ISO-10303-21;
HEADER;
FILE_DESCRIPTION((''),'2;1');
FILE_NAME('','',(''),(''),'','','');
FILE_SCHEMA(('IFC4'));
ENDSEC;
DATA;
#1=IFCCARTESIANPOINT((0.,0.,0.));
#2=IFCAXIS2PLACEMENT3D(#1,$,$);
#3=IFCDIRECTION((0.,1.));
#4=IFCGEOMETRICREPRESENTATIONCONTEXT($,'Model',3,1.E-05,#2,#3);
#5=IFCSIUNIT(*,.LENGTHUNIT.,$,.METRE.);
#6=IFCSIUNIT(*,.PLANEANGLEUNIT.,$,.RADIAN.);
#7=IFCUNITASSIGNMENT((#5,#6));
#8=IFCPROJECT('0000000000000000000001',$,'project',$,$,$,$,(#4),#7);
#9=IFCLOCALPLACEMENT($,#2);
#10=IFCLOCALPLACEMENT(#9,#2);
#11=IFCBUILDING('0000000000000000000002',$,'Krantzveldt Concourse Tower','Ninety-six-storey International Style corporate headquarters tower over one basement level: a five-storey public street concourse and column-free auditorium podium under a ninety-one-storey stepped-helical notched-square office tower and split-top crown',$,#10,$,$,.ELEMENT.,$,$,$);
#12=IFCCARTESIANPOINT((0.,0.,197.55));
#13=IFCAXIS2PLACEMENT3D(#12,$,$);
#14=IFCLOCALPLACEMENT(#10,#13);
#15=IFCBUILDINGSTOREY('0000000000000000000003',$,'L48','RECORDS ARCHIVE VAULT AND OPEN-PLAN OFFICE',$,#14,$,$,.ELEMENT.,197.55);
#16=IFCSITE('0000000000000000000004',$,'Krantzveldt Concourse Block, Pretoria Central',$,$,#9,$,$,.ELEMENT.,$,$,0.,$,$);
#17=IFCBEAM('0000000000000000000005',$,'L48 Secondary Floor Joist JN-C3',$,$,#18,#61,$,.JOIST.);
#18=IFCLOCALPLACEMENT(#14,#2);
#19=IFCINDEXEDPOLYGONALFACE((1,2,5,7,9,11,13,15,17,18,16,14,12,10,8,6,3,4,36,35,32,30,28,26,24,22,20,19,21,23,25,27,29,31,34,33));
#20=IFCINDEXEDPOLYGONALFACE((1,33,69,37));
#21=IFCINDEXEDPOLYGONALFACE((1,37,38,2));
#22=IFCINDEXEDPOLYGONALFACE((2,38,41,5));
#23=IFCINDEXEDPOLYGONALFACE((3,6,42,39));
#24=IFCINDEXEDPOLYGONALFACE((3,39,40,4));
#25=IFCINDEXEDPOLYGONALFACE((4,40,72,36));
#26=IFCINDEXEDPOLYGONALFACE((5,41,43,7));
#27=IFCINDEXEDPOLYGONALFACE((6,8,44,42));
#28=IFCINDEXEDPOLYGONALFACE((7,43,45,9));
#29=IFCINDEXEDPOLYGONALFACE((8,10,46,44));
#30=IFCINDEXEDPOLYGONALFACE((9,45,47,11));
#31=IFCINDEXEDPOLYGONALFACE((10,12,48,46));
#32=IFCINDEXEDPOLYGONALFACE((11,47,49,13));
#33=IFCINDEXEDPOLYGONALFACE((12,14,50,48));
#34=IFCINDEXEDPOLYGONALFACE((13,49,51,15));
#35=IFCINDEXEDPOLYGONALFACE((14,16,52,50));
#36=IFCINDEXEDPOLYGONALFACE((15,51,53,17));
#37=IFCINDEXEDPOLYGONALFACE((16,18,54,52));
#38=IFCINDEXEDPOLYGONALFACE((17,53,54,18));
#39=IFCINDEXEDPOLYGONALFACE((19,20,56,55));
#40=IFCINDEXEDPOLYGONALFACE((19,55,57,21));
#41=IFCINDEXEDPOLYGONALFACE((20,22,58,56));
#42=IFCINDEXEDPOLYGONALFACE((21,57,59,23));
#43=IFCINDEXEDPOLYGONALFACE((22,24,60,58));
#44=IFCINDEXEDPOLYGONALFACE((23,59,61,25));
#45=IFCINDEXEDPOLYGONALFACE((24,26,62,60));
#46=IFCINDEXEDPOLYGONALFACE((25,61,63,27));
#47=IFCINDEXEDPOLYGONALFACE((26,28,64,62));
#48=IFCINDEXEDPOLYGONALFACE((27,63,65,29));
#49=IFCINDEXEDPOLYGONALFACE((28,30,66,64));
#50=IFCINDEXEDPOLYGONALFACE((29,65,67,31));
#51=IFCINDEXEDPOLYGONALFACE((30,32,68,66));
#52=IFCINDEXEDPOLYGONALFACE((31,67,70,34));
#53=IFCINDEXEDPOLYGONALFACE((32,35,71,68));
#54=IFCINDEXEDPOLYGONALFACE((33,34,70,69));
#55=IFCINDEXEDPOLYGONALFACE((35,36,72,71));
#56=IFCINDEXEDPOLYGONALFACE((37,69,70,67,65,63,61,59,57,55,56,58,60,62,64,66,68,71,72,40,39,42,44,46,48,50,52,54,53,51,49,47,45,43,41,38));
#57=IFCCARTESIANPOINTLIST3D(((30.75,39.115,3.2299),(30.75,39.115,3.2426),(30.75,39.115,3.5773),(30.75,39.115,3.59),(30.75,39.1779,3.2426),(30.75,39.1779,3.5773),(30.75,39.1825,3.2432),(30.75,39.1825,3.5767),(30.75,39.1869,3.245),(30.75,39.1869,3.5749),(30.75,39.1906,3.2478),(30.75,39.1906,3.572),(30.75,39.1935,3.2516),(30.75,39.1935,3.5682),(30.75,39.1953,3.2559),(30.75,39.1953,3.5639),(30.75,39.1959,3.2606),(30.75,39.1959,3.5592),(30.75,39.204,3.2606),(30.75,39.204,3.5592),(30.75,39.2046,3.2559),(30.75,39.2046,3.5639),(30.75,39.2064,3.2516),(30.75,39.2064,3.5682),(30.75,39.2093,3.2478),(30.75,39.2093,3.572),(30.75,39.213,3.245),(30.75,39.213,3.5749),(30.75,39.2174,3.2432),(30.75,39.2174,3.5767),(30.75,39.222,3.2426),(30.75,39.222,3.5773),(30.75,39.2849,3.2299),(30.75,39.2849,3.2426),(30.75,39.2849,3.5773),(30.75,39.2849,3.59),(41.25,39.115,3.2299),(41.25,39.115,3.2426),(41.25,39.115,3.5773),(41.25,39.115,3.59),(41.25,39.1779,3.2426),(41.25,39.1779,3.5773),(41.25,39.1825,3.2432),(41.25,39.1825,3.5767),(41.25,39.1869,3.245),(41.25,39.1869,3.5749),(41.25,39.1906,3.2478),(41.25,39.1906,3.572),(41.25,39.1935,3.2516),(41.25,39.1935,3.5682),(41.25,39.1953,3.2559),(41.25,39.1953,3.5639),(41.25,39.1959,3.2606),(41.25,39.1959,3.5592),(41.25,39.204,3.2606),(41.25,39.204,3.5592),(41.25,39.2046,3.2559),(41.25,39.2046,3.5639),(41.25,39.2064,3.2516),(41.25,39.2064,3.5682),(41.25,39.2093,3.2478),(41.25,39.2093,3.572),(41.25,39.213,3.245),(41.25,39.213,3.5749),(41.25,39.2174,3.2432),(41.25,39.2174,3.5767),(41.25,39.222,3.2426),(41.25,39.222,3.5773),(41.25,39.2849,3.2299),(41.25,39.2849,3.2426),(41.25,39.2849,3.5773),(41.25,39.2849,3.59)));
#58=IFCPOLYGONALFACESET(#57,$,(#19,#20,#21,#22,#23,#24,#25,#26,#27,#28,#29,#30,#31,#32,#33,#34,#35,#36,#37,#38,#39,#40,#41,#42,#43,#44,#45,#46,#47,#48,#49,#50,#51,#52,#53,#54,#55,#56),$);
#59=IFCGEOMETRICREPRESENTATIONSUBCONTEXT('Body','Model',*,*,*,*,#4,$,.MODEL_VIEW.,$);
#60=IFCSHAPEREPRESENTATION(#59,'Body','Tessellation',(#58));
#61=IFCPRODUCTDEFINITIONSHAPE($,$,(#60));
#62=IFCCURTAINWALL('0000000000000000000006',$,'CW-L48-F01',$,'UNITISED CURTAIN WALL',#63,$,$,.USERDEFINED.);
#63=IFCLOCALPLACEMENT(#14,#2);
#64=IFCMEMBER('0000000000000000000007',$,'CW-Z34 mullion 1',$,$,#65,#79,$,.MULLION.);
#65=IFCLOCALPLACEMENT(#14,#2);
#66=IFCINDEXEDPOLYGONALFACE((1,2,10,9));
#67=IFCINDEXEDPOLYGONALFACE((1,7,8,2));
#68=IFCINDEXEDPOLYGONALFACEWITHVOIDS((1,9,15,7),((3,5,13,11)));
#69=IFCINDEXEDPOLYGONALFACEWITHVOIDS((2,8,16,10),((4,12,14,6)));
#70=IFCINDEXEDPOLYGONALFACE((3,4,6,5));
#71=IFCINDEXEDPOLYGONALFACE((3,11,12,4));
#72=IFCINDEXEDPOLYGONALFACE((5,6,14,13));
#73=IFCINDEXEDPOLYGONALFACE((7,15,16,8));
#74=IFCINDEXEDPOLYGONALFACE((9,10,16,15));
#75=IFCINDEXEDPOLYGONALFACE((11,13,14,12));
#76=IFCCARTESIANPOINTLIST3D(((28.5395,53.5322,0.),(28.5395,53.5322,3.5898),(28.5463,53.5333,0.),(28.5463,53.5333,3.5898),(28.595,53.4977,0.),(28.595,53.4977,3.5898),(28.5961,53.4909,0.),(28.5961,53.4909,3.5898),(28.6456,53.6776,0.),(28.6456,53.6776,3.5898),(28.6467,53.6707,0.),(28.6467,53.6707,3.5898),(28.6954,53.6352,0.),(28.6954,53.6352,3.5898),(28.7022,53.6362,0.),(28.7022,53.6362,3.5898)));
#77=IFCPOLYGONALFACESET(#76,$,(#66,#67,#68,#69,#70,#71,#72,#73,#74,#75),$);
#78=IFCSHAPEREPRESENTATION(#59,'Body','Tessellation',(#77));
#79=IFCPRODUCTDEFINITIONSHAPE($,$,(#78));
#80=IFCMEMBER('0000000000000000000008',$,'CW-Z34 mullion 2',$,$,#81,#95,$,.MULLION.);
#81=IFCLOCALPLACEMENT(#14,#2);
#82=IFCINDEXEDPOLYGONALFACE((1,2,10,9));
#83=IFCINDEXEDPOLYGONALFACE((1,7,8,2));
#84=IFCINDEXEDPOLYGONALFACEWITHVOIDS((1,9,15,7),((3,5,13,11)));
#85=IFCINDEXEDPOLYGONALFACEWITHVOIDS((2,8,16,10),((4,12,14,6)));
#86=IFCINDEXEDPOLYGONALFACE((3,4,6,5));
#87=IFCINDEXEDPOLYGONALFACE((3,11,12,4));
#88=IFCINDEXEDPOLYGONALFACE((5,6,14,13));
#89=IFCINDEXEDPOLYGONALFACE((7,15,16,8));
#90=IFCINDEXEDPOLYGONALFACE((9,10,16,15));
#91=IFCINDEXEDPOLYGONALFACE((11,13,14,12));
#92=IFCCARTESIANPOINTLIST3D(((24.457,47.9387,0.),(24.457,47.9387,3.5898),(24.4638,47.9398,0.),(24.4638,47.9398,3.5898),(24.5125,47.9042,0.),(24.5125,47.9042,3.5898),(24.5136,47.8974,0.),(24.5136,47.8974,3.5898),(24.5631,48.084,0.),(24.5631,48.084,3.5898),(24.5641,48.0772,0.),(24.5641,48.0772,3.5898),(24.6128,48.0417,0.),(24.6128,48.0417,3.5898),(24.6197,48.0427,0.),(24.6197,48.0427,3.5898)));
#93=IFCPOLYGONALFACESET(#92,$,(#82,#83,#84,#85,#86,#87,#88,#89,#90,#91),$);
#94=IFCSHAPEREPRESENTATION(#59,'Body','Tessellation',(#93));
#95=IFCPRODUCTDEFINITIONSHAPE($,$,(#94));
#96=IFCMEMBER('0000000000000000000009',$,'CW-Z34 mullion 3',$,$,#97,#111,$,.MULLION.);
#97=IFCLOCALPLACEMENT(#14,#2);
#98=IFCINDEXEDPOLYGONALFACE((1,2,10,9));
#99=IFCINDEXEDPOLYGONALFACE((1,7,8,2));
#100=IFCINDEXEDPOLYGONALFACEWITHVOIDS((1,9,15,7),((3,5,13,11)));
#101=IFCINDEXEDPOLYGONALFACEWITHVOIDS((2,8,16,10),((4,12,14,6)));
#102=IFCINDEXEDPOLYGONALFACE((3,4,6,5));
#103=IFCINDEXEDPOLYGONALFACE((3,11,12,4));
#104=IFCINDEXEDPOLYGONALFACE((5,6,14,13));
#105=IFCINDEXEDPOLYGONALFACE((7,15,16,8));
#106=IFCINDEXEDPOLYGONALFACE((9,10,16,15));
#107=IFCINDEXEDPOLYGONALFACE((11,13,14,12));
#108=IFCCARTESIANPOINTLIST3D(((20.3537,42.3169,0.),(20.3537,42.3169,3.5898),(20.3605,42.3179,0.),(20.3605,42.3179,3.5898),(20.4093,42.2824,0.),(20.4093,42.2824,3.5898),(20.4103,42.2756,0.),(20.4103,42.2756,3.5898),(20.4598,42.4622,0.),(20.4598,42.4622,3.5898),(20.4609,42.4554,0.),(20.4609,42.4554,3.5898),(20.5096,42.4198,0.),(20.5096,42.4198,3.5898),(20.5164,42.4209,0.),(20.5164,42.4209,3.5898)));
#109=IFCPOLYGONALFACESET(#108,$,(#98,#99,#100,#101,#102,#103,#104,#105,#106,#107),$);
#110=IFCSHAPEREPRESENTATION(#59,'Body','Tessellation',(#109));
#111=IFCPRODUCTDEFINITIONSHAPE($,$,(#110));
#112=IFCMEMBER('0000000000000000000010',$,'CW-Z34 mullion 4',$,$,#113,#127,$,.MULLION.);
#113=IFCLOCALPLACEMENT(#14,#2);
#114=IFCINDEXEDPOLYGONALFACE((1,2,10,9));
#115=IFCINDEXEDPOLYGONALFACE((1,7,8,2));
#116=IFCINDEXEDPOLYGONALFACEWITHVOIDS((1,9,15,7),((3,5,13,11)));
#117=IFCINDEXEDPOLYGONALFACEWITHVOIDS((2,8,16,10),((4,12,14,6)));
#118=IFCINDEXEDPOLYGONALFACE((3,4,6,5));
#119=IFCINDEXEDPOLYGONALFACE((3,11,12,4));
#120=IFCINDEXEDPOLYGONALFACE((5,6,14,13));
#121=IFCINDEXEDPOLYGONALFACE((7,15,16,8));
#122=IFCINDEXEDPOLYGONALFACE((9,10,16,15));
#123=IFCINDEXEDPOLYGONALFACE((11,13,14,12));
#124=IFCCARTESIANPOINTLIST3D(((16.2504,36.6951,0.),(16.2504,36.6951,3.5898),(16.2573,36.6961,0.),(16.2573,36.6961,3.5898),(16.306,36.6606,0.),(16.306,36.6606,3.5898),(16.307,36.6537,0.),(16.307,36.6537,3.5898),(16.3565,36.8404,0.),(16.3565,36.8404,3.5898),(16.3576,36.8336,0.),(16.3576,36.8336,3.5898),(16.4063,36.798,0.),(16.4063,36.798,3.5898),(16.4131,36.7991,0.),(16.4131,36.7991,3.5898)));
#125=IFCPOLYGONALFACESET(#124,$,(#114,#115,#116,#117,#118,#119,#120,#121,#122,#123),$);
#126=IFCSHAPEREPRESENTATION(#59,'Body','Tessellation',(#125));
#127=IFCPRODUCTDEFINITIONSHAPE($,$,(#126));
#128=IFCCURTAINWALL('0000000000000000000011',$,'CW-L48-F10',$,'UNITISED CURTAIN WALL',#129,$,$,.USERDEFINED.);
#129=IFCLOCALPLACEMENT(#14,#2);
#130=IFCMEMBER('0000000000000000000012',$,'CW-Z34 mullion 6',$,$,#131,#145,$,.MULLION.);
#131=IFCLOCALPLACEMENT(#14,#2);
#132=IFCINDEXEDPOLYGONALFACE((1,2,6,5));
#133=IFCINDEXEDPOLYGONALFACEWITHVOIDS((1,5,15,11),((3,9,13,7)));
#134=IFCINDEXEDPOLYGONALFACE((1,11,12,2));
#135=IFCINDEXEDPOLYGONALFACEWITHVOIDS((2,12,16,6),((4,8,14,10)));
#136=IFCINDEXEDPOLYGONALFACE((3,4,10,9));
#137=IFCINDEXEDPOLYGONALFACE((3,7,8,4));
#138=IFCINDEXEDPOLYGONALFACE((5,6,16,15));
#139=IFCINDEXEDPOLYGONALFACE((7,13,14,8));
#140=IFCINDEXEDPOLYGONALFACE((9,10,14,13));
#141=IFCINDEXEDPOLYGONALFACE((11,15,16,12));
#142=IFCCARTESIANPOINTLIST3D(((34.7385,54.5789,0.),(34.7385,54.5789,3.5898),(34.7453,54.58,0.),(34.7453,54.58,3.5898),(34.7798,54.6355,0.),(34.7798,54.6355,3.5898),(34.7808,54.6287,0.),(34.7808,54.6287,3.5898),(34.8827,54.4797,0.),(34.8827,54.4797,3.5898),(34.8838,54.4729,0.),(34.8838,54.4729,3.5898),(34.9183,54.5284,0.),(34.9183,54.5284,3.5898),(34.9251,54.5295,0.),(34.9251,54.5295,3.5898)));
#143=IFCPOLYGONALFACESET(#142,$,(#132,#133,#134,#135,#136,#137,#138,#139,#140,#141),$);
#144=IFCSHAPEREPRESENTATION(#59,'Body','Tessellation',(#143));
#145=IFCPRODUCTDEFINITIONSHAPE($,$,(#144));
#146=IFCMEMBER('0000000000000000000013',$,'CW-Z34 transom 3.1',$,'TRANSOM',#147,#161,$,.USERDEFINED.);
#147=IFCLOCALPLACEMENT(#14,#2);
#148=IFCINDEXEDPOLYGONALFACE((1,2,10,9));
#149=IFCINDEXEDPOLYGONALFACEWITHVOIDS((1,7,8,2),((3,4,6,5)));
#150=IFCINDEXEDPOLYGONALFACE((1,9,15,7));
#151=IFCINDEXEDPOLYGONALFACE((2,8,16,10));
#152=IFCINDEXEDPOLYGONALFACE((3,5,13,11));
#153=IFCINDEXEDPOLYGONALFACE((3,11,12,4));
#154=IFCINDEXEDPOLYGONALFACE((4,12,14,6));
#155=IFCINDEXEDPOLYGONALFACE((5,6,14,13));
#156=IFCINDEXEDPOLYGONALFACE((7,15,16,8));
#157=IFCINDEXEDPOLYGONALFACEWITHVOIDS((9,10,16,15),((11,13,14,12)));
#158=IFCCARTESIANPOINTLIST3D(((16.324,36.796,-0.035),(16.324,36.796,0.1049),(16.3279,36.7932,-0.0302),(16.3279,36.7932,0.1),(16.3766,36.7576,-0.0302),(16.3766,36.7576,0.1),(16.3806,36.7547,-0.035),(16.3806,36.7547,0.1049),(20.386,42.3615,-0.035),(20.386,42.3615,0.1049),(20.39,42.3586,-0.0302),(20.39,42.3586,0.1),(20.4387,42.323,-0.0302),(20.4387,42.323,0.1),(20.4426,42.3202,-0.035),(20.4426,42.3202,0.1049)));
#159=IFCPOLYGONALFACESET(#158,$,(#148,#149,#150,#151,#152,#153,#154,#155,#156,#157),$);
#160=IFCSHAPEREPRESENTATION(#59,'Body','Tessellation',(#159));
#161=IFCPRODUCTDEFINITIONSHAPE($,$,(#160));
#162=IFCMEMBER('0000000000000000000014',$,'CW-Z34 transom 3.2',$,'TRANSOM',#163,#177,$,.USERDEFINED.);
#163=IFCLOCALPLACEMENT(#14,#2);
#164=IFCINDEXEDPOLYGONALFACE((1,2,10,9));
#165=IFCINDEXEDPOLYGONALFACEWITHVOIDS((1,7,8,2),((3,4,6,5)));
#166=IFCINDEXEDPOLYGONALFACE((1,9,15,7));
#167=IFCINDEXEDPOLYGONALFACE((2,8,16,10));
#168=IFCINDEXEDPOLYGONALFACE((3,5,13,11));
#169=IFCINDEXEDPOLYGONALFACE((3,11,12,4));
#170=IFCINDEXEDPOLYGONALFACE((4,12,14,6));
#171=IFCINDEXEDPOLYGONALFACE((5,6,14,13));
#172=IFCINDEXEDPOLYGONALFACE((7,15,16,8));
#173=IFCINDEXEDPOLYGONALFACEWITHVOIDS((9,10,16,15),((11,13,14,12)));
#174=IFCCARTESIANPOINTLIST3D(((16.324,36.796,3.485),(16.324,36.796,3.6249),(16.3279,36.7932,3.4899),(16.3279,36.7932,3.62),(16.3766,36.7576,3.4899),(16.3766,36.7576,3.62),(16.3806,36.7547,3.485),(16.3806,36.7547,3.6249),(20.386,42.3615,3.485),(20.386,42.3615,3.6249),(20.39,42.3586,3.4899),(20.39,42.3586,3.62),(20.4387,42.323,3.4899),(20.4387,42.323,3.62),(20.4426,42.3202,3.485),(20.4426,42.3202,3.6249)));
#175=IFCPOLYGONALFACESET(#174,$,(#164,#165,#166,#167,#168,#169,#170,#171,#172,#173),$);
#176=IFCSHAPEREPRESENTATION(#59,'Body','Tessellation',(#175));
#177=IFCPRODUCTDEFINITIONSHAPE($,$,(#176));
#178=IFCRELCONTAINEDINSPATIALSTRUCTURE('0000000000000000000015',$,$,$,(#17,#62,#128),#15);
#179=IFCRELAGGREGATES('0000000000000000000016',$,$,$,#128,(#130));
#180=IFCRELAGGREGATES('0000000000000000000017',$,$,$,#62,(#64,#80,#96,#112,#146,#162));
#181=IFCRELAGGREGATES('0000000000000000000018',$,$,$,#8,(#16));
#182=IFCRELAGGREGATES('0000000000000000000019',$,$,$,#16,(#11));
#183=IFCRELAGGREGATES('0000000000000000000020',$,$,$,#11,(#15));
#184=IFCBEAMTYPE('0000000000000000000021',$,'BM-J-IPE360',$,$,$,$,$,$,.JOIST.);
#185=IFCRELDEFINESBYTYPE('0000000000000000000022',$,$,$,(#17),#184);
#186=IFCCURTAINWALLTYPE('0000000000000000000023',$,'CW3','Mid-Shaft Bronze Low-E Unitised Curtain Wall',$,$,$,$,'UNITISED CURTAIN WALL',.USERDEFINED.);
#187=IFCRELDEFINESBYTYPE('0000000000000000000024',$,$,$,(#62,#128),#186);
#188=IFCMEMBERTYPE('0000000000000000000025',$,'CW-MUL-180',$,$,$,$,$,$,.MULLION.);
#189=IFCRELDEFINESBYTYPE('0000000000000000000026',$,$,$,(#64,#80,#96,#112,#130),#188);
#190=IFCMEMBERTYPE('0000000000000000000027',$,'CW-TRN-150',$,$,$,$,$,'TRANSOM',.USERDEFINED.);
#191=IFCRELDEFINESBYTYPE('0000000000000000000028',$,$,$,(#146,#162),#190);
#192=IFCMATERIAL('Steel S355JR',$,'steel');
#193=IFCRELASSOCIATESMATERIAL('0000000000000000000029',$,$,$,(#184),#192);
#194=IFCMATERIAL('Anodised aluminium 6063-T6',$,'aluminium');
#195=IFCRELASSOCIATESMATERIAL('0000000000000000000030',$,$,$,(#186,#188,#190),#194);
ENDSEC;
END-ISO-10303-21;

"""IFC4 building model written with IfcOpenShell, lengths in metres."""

from ifc_helpers import new_model, si_unit, direction, frame, origin, origin_2d, place, context, subcontext, project, spatial, hollow_rectangle, i_section, extrude, source, transform, mapped, material, material_profile, profile_set, type_object, type_shapes, element, aggregate, save


model = new_model("IFC4")

# Units and contexts
model_context = context("Model", 3, precision=1e-05, world=origin(), true_north=direction((0.0, 1.0)))
body_context = subcontext(model_context, "Body", "Model", "MODEL_VIEW")
ifc_project = project(units=[si_unit("LENGTHUNIT", "METRE"), si_unit("PLANEANGLEUNIT", "RADIAN")], contexts=[model_context])

# Site, building, storey
site_placement = place(None, origin())
site = spatial("IfcSite", under=ifc_project, at=site_placement, Name="Krantzveldt Concourse Block, Pretoria Central", CompositionType="ELEMENT", RefElevation=0.0)
building_placement = place(site_placement, origin())
building = spatial("IfcBuilding", under=site, at=building_placement, Name="Krantzveldt Concourse Tower", Description="Ninety-six-storey International Style corporate headquarters tower over one basement level: a five-storey public street concourse and column-free auditorium podium under a ninety-one-storey stepped-helical notched-square office tower and split-top crown", CompositionType="ELEMENT")
storey_placement = place(building_placement, frame((0.0, 0.0, 197.55)))
storey = spatial("IfcBuildingStorey", under=building, at=storey_placement, Name="L48", Description="RECORDS ARCHIVE VAULT AND OPEN-PLAN OFFICE", CompositionType="ELEMENT", Elevation=197.55)

# Beam
ifc_material_1 = material(Name="Steel S355JR", Category="steel")
ifc_material_profile_1 = material_profile(ifc_material_1, i_section(OverallWidth=0.1699, OverallDepth=0.3601, WebThickness=0.0081, FlangeThickness=0.0127, FilletRadius=0.0181, at=origin_2d()), Name="Steel S355JR", Category="steel")
ifc_profile_set_1 = profile_set([ifc_material_profile_1], Name="Steel S355JR - IPE 360")
beam_type_1 = type_object("IfcBeamType", Name="BM-J-IPE360", PredefinedType="JOIST", material=ifc_profile_set_1)
shared_shape_1 = source(origin(), body_context, "Body", "SweptSolid", [
    extrude(i_section(OverallWidth=0.1699, OverallDepth=0.3601, WebThickness=0.0081, FlangeThickness=0.0127, FilletRadius=0.0181, at=origin_2d()), origin(), (0.0, 0.0, 1.0), 10.5),
])
type_shapes(beam_type_1, [shared_shape_1])
beam_1_placement = place(storey_placement, frame((30.75, 39.2, 3.4099), z_axis=(1.0, 0.0, 0.0), x_axis=(0.0, 1.0, 0.0)))
element("IfcBeam", 1, at=beam_1_placement, inside=storey, type_object=beam_type_1, Name="L48 Secondary Floor Joist JN-C3", PredefinedType="JOIST", context=body_context, shape_type="MappedRepresentation", body=[
    mapped(shared_shape_1, transform((0.0, 0.0, 0.0), x_axis=(1.0, 0.0, 0.0), y_axis=(0.0, 1.0, 0.0), z_axis=(0.0, 0.0, 1.0), scale=1.0)),
])

# Curtain wall, members
ifc_material_2 = material(Name="Anodised aluminium 6063-T6", Category="aluminium")
curtain_wall_type = type_object("IfcCurtainWallType", Name="CW3", Description="Mid-Shaft Bronze Low-E Unitised Curtain Wall", ElementType="UNITISED CURTAIN WALL", PredefinedType="USERDEFINED", material=ifc_material_2)
curtain_wall_1_placement = place(storey_placement, origin())
curtain_wall_1 = element("IfcCurtainWall", 2, at=curtain_wall_1_placement, inside=storey, type_object=curtain_wall_type, Name="CW-L48-F01", ObjectType="UNITISED CURTAIN WALL", PredefinedType="USERDEFINED")
ifc_material_profile_2 = material_profile(ifc_material_2, hollow_rectangle(XDim=0.0701, YDim=0.1799, WallThickness=0.0049, at=origin_2d()), Name="Anodised aluminium 6063-T6", Category="aluminium")
ifc_profile_set_2 = profile_set([ifc_material_profile_2], Name="Anodised aluminium 6063-T6 - ALU-MULL 180x70x5")
member_type_1 = type_object("IfcMemberType", Name="CW-MUL-180", PredefinedType="MULLION", material=ifc_profile_set_2)
shared_shape_2 = source(origin(), body_context, "Body", "SweptSolid", [
    extrude(hollow_rectangle(XDim=0.0701, YDim=0.1799, WallThickness=0.0049, at=origin_2d()), origin(), (0.0, 0.0, 1.0), 3.5898),
])
type_shapes(member_type_1, [shared_shape_2])
member_1_placement = place(storey_placement, frame((28.6208, 53.5842, 0.0), z_axis=(0.0, 0.0, 1.0), x_axis=(0.807733, -0.589549, 0.0)))
member_1 = element("IfcMember", 3, at=member_1_placement, type_object=member_type_1, Name="CW-Z34 mullion 1", PredefinedType="MULLION", context=body_context, shape_type="MappedRepresentation", body=[
    mapped(shared_shape_2, transform((0.0, 0.0, 0.0), x_axis=(1.0, 0.0, 0.0), y_axis=(0.0, 1.0, 0.0), z_axis=(0.0, 0.0, 1.0), scale=1.0)),
])
member_2_placement = place(storey_placement, frame((24.5383, 47.9907, 0.0), z_axis=(0.0, 0.0, 1.0), x_axis=(0.807733, -0.589549, 0.0)))
member_2 = element("IfcMember", 4, at=member_2_placement, type_object=member_type_1, Name="CW-Z34 mullion 2", PredefinedType="MULLION", context=body_context, shape_type="MappedRepresentation", body=[
    mapped(shared_shape_2, transform((0.0, 0.0, 0.0), x_axis=(1.0, 0.0, 0.0), y_axis=(0.0, 1.0, 0.0), z_axis=(0.0, 0.0, 1.0), scale=1.0)),
])
member_3_placement = place(storey_placement, frame((20.4351, 42.3689, 0.0), z_axis=(0.0, 0.0, 1.0), x_axis=(0.807733, -0.589549, 0.0)))
member_3 = element("IfcMember", 5, at=member_3_placement, type_object=member_type_1, Name="CW-Z34 mullion 3", PredefinedType="MULLION", context=body_context, shape_type="MappedRepresentation", body=[
    mapped(shared_shape_2, transform((0.0, 0.0, 0.0), x_axis=(1.0, 0.0, 0.0), y_axis=(0.0, 1.0, 0.0), z_axis=(0.0, 0.0, 1.0), scale=1.0)),
])
member_4_placement = place(storey_placement, frame((16.3318, 36.7471, 0.0), z_axis=(0.0, 0.0, 1.0), x_axis=(0.807733, -0.589549, 0.0)))
member_4 = element("IfcMember", 6, at=member_4_placement, type_object=member_type_1, Name="CW-Z34 mullion 4", PredefinedType="MULLION", context=body_context, shape_type="MappedRepresentation", body=[
    mapped(shared_shape_2, transform((0.0, 0.0, 0.0), x_axis=(1.0, 0.0, 0.0), y_axis=(0.0, 1.0, 0.0), z_axis=(0.0, 0.0, 1.0), scale=1.0)),
])

# Curtain wall, member
curtain_wall_2_placement = place(storey_placement, origin())
curtain_wall_2 = element("IfcCurtainWall", 7, at=curtain_wall_2_placement, inside=storey, type_object=curtain_wall_type, Name="CW-L48-F10", ObjectType="UNITISED CURTAIN WALL", PredefinedType="USERDEFINED")
member_5_placement = place(storey_placement, frame((34.8318, 54.5542, 0.0), z_axis=(0.0, 0.0, 1.0), x_axis=(-0.589549, -0.807733, 0.0)))
member_5 = element("IfcMember", 8, at=member_5_placement, type_object=member_type_1, Name="CW-Z34 mullion 6", PredefinedType="MULLION", context=body_context, shape_type="MappedRepresentation", body=[
    mapped(shared_shape_2, transform((0.0, 0.0, 0.0), x_axis=(1.0, 0.0, 0.0), y_axis=(0.0, 1.0, 0.0), z_axis=(0.0, 0.0, 1.0), scale=1.0)),
])
aggregate(curtain_wall_2, [member_5])

# Members
ifc_material_profile_3 = material_profile(ifc_material_2, hollow_rectangle(XDim=0.0701, YDim=0.1399, WallThickness=0.0049, at=origin_2d()), Name="Anodised aluminium 6063-T6", Category="aluminium")
ifc_profile_set_3 = profile_set([ifc_material_profile_3], Name="Anodised aluminium 6063-T6 - ALU-TRAN 140x70x5")
member_type_2 = type_object("IfcMemberType", Name="CW-TRN-150", ElementType="TRANSOM", PredefinedType="USERDEFINED", material=ifc_profile_set_3)
shared_shape_3 = source(origin(), body_context, "Body", "SweptSolid", [
    extrude(hollow_rectangle(XDim=0.0701, YDim=0.1399, WallThickness=0.0049, at=origin_2d()), origin(), (0.0, 0.0, 1.0), 6.8901),
])
member_6_placement = place(storey_placement, frame((20.4143, 42.3408, 0.0349), z_axis=(-0.58954, -0.807739, 0.0), x_axis=(0.807739, -0.58954, 0.0)))
member_6 = element("IfcMember", 9, at=member_6_placement, type_object=member_type_2, Name="CW-Z34 transom 3.1", ObjectType="TRANSOM", PredefinedType="USERDEFINED", context=body_context, shape_type="MappedRepresentation", body=[
    mapped(shared_shape_3, transform((0.0, 0.0, 0.0), x_axis=(1.0, 0.0, 0.0), y_axis=(0.0, 1.0, 0.0), z_axis=(0.0, 0.0, 1.0), scale=1.0)),
])
member_7_placement = place(storey_placement, frame((20.4143, 42.3408, 3.5549), z_axis=(-0.58954, -0.807739, 0.0), x_axis=(0.807739, -0.58954, 0.0)))
member_7 = element("IfcMember", 10, at=member_7_placement, type_object=member_type_2, Name="CW-Z34 transom 3.2", ObjectType="TRANSOM", PredefinedType="USERDEFINED", context=body_context, shape_type="MappedRepresentation", body=[
    mapped(shared_shape_3, transform((0.0, 0.0, 0.0), x_axis=(1.0, 0.0, 0.0), y_axis=(0.0, 1.0, 0.0), z_axis=(0.0, 0.0, 1.0), scale=1.0)),
])

aggregate(curtain_wall_1, [member_1, member_2, member_3, member_4, member_6, member_7])

save(model, "model.ifc")
